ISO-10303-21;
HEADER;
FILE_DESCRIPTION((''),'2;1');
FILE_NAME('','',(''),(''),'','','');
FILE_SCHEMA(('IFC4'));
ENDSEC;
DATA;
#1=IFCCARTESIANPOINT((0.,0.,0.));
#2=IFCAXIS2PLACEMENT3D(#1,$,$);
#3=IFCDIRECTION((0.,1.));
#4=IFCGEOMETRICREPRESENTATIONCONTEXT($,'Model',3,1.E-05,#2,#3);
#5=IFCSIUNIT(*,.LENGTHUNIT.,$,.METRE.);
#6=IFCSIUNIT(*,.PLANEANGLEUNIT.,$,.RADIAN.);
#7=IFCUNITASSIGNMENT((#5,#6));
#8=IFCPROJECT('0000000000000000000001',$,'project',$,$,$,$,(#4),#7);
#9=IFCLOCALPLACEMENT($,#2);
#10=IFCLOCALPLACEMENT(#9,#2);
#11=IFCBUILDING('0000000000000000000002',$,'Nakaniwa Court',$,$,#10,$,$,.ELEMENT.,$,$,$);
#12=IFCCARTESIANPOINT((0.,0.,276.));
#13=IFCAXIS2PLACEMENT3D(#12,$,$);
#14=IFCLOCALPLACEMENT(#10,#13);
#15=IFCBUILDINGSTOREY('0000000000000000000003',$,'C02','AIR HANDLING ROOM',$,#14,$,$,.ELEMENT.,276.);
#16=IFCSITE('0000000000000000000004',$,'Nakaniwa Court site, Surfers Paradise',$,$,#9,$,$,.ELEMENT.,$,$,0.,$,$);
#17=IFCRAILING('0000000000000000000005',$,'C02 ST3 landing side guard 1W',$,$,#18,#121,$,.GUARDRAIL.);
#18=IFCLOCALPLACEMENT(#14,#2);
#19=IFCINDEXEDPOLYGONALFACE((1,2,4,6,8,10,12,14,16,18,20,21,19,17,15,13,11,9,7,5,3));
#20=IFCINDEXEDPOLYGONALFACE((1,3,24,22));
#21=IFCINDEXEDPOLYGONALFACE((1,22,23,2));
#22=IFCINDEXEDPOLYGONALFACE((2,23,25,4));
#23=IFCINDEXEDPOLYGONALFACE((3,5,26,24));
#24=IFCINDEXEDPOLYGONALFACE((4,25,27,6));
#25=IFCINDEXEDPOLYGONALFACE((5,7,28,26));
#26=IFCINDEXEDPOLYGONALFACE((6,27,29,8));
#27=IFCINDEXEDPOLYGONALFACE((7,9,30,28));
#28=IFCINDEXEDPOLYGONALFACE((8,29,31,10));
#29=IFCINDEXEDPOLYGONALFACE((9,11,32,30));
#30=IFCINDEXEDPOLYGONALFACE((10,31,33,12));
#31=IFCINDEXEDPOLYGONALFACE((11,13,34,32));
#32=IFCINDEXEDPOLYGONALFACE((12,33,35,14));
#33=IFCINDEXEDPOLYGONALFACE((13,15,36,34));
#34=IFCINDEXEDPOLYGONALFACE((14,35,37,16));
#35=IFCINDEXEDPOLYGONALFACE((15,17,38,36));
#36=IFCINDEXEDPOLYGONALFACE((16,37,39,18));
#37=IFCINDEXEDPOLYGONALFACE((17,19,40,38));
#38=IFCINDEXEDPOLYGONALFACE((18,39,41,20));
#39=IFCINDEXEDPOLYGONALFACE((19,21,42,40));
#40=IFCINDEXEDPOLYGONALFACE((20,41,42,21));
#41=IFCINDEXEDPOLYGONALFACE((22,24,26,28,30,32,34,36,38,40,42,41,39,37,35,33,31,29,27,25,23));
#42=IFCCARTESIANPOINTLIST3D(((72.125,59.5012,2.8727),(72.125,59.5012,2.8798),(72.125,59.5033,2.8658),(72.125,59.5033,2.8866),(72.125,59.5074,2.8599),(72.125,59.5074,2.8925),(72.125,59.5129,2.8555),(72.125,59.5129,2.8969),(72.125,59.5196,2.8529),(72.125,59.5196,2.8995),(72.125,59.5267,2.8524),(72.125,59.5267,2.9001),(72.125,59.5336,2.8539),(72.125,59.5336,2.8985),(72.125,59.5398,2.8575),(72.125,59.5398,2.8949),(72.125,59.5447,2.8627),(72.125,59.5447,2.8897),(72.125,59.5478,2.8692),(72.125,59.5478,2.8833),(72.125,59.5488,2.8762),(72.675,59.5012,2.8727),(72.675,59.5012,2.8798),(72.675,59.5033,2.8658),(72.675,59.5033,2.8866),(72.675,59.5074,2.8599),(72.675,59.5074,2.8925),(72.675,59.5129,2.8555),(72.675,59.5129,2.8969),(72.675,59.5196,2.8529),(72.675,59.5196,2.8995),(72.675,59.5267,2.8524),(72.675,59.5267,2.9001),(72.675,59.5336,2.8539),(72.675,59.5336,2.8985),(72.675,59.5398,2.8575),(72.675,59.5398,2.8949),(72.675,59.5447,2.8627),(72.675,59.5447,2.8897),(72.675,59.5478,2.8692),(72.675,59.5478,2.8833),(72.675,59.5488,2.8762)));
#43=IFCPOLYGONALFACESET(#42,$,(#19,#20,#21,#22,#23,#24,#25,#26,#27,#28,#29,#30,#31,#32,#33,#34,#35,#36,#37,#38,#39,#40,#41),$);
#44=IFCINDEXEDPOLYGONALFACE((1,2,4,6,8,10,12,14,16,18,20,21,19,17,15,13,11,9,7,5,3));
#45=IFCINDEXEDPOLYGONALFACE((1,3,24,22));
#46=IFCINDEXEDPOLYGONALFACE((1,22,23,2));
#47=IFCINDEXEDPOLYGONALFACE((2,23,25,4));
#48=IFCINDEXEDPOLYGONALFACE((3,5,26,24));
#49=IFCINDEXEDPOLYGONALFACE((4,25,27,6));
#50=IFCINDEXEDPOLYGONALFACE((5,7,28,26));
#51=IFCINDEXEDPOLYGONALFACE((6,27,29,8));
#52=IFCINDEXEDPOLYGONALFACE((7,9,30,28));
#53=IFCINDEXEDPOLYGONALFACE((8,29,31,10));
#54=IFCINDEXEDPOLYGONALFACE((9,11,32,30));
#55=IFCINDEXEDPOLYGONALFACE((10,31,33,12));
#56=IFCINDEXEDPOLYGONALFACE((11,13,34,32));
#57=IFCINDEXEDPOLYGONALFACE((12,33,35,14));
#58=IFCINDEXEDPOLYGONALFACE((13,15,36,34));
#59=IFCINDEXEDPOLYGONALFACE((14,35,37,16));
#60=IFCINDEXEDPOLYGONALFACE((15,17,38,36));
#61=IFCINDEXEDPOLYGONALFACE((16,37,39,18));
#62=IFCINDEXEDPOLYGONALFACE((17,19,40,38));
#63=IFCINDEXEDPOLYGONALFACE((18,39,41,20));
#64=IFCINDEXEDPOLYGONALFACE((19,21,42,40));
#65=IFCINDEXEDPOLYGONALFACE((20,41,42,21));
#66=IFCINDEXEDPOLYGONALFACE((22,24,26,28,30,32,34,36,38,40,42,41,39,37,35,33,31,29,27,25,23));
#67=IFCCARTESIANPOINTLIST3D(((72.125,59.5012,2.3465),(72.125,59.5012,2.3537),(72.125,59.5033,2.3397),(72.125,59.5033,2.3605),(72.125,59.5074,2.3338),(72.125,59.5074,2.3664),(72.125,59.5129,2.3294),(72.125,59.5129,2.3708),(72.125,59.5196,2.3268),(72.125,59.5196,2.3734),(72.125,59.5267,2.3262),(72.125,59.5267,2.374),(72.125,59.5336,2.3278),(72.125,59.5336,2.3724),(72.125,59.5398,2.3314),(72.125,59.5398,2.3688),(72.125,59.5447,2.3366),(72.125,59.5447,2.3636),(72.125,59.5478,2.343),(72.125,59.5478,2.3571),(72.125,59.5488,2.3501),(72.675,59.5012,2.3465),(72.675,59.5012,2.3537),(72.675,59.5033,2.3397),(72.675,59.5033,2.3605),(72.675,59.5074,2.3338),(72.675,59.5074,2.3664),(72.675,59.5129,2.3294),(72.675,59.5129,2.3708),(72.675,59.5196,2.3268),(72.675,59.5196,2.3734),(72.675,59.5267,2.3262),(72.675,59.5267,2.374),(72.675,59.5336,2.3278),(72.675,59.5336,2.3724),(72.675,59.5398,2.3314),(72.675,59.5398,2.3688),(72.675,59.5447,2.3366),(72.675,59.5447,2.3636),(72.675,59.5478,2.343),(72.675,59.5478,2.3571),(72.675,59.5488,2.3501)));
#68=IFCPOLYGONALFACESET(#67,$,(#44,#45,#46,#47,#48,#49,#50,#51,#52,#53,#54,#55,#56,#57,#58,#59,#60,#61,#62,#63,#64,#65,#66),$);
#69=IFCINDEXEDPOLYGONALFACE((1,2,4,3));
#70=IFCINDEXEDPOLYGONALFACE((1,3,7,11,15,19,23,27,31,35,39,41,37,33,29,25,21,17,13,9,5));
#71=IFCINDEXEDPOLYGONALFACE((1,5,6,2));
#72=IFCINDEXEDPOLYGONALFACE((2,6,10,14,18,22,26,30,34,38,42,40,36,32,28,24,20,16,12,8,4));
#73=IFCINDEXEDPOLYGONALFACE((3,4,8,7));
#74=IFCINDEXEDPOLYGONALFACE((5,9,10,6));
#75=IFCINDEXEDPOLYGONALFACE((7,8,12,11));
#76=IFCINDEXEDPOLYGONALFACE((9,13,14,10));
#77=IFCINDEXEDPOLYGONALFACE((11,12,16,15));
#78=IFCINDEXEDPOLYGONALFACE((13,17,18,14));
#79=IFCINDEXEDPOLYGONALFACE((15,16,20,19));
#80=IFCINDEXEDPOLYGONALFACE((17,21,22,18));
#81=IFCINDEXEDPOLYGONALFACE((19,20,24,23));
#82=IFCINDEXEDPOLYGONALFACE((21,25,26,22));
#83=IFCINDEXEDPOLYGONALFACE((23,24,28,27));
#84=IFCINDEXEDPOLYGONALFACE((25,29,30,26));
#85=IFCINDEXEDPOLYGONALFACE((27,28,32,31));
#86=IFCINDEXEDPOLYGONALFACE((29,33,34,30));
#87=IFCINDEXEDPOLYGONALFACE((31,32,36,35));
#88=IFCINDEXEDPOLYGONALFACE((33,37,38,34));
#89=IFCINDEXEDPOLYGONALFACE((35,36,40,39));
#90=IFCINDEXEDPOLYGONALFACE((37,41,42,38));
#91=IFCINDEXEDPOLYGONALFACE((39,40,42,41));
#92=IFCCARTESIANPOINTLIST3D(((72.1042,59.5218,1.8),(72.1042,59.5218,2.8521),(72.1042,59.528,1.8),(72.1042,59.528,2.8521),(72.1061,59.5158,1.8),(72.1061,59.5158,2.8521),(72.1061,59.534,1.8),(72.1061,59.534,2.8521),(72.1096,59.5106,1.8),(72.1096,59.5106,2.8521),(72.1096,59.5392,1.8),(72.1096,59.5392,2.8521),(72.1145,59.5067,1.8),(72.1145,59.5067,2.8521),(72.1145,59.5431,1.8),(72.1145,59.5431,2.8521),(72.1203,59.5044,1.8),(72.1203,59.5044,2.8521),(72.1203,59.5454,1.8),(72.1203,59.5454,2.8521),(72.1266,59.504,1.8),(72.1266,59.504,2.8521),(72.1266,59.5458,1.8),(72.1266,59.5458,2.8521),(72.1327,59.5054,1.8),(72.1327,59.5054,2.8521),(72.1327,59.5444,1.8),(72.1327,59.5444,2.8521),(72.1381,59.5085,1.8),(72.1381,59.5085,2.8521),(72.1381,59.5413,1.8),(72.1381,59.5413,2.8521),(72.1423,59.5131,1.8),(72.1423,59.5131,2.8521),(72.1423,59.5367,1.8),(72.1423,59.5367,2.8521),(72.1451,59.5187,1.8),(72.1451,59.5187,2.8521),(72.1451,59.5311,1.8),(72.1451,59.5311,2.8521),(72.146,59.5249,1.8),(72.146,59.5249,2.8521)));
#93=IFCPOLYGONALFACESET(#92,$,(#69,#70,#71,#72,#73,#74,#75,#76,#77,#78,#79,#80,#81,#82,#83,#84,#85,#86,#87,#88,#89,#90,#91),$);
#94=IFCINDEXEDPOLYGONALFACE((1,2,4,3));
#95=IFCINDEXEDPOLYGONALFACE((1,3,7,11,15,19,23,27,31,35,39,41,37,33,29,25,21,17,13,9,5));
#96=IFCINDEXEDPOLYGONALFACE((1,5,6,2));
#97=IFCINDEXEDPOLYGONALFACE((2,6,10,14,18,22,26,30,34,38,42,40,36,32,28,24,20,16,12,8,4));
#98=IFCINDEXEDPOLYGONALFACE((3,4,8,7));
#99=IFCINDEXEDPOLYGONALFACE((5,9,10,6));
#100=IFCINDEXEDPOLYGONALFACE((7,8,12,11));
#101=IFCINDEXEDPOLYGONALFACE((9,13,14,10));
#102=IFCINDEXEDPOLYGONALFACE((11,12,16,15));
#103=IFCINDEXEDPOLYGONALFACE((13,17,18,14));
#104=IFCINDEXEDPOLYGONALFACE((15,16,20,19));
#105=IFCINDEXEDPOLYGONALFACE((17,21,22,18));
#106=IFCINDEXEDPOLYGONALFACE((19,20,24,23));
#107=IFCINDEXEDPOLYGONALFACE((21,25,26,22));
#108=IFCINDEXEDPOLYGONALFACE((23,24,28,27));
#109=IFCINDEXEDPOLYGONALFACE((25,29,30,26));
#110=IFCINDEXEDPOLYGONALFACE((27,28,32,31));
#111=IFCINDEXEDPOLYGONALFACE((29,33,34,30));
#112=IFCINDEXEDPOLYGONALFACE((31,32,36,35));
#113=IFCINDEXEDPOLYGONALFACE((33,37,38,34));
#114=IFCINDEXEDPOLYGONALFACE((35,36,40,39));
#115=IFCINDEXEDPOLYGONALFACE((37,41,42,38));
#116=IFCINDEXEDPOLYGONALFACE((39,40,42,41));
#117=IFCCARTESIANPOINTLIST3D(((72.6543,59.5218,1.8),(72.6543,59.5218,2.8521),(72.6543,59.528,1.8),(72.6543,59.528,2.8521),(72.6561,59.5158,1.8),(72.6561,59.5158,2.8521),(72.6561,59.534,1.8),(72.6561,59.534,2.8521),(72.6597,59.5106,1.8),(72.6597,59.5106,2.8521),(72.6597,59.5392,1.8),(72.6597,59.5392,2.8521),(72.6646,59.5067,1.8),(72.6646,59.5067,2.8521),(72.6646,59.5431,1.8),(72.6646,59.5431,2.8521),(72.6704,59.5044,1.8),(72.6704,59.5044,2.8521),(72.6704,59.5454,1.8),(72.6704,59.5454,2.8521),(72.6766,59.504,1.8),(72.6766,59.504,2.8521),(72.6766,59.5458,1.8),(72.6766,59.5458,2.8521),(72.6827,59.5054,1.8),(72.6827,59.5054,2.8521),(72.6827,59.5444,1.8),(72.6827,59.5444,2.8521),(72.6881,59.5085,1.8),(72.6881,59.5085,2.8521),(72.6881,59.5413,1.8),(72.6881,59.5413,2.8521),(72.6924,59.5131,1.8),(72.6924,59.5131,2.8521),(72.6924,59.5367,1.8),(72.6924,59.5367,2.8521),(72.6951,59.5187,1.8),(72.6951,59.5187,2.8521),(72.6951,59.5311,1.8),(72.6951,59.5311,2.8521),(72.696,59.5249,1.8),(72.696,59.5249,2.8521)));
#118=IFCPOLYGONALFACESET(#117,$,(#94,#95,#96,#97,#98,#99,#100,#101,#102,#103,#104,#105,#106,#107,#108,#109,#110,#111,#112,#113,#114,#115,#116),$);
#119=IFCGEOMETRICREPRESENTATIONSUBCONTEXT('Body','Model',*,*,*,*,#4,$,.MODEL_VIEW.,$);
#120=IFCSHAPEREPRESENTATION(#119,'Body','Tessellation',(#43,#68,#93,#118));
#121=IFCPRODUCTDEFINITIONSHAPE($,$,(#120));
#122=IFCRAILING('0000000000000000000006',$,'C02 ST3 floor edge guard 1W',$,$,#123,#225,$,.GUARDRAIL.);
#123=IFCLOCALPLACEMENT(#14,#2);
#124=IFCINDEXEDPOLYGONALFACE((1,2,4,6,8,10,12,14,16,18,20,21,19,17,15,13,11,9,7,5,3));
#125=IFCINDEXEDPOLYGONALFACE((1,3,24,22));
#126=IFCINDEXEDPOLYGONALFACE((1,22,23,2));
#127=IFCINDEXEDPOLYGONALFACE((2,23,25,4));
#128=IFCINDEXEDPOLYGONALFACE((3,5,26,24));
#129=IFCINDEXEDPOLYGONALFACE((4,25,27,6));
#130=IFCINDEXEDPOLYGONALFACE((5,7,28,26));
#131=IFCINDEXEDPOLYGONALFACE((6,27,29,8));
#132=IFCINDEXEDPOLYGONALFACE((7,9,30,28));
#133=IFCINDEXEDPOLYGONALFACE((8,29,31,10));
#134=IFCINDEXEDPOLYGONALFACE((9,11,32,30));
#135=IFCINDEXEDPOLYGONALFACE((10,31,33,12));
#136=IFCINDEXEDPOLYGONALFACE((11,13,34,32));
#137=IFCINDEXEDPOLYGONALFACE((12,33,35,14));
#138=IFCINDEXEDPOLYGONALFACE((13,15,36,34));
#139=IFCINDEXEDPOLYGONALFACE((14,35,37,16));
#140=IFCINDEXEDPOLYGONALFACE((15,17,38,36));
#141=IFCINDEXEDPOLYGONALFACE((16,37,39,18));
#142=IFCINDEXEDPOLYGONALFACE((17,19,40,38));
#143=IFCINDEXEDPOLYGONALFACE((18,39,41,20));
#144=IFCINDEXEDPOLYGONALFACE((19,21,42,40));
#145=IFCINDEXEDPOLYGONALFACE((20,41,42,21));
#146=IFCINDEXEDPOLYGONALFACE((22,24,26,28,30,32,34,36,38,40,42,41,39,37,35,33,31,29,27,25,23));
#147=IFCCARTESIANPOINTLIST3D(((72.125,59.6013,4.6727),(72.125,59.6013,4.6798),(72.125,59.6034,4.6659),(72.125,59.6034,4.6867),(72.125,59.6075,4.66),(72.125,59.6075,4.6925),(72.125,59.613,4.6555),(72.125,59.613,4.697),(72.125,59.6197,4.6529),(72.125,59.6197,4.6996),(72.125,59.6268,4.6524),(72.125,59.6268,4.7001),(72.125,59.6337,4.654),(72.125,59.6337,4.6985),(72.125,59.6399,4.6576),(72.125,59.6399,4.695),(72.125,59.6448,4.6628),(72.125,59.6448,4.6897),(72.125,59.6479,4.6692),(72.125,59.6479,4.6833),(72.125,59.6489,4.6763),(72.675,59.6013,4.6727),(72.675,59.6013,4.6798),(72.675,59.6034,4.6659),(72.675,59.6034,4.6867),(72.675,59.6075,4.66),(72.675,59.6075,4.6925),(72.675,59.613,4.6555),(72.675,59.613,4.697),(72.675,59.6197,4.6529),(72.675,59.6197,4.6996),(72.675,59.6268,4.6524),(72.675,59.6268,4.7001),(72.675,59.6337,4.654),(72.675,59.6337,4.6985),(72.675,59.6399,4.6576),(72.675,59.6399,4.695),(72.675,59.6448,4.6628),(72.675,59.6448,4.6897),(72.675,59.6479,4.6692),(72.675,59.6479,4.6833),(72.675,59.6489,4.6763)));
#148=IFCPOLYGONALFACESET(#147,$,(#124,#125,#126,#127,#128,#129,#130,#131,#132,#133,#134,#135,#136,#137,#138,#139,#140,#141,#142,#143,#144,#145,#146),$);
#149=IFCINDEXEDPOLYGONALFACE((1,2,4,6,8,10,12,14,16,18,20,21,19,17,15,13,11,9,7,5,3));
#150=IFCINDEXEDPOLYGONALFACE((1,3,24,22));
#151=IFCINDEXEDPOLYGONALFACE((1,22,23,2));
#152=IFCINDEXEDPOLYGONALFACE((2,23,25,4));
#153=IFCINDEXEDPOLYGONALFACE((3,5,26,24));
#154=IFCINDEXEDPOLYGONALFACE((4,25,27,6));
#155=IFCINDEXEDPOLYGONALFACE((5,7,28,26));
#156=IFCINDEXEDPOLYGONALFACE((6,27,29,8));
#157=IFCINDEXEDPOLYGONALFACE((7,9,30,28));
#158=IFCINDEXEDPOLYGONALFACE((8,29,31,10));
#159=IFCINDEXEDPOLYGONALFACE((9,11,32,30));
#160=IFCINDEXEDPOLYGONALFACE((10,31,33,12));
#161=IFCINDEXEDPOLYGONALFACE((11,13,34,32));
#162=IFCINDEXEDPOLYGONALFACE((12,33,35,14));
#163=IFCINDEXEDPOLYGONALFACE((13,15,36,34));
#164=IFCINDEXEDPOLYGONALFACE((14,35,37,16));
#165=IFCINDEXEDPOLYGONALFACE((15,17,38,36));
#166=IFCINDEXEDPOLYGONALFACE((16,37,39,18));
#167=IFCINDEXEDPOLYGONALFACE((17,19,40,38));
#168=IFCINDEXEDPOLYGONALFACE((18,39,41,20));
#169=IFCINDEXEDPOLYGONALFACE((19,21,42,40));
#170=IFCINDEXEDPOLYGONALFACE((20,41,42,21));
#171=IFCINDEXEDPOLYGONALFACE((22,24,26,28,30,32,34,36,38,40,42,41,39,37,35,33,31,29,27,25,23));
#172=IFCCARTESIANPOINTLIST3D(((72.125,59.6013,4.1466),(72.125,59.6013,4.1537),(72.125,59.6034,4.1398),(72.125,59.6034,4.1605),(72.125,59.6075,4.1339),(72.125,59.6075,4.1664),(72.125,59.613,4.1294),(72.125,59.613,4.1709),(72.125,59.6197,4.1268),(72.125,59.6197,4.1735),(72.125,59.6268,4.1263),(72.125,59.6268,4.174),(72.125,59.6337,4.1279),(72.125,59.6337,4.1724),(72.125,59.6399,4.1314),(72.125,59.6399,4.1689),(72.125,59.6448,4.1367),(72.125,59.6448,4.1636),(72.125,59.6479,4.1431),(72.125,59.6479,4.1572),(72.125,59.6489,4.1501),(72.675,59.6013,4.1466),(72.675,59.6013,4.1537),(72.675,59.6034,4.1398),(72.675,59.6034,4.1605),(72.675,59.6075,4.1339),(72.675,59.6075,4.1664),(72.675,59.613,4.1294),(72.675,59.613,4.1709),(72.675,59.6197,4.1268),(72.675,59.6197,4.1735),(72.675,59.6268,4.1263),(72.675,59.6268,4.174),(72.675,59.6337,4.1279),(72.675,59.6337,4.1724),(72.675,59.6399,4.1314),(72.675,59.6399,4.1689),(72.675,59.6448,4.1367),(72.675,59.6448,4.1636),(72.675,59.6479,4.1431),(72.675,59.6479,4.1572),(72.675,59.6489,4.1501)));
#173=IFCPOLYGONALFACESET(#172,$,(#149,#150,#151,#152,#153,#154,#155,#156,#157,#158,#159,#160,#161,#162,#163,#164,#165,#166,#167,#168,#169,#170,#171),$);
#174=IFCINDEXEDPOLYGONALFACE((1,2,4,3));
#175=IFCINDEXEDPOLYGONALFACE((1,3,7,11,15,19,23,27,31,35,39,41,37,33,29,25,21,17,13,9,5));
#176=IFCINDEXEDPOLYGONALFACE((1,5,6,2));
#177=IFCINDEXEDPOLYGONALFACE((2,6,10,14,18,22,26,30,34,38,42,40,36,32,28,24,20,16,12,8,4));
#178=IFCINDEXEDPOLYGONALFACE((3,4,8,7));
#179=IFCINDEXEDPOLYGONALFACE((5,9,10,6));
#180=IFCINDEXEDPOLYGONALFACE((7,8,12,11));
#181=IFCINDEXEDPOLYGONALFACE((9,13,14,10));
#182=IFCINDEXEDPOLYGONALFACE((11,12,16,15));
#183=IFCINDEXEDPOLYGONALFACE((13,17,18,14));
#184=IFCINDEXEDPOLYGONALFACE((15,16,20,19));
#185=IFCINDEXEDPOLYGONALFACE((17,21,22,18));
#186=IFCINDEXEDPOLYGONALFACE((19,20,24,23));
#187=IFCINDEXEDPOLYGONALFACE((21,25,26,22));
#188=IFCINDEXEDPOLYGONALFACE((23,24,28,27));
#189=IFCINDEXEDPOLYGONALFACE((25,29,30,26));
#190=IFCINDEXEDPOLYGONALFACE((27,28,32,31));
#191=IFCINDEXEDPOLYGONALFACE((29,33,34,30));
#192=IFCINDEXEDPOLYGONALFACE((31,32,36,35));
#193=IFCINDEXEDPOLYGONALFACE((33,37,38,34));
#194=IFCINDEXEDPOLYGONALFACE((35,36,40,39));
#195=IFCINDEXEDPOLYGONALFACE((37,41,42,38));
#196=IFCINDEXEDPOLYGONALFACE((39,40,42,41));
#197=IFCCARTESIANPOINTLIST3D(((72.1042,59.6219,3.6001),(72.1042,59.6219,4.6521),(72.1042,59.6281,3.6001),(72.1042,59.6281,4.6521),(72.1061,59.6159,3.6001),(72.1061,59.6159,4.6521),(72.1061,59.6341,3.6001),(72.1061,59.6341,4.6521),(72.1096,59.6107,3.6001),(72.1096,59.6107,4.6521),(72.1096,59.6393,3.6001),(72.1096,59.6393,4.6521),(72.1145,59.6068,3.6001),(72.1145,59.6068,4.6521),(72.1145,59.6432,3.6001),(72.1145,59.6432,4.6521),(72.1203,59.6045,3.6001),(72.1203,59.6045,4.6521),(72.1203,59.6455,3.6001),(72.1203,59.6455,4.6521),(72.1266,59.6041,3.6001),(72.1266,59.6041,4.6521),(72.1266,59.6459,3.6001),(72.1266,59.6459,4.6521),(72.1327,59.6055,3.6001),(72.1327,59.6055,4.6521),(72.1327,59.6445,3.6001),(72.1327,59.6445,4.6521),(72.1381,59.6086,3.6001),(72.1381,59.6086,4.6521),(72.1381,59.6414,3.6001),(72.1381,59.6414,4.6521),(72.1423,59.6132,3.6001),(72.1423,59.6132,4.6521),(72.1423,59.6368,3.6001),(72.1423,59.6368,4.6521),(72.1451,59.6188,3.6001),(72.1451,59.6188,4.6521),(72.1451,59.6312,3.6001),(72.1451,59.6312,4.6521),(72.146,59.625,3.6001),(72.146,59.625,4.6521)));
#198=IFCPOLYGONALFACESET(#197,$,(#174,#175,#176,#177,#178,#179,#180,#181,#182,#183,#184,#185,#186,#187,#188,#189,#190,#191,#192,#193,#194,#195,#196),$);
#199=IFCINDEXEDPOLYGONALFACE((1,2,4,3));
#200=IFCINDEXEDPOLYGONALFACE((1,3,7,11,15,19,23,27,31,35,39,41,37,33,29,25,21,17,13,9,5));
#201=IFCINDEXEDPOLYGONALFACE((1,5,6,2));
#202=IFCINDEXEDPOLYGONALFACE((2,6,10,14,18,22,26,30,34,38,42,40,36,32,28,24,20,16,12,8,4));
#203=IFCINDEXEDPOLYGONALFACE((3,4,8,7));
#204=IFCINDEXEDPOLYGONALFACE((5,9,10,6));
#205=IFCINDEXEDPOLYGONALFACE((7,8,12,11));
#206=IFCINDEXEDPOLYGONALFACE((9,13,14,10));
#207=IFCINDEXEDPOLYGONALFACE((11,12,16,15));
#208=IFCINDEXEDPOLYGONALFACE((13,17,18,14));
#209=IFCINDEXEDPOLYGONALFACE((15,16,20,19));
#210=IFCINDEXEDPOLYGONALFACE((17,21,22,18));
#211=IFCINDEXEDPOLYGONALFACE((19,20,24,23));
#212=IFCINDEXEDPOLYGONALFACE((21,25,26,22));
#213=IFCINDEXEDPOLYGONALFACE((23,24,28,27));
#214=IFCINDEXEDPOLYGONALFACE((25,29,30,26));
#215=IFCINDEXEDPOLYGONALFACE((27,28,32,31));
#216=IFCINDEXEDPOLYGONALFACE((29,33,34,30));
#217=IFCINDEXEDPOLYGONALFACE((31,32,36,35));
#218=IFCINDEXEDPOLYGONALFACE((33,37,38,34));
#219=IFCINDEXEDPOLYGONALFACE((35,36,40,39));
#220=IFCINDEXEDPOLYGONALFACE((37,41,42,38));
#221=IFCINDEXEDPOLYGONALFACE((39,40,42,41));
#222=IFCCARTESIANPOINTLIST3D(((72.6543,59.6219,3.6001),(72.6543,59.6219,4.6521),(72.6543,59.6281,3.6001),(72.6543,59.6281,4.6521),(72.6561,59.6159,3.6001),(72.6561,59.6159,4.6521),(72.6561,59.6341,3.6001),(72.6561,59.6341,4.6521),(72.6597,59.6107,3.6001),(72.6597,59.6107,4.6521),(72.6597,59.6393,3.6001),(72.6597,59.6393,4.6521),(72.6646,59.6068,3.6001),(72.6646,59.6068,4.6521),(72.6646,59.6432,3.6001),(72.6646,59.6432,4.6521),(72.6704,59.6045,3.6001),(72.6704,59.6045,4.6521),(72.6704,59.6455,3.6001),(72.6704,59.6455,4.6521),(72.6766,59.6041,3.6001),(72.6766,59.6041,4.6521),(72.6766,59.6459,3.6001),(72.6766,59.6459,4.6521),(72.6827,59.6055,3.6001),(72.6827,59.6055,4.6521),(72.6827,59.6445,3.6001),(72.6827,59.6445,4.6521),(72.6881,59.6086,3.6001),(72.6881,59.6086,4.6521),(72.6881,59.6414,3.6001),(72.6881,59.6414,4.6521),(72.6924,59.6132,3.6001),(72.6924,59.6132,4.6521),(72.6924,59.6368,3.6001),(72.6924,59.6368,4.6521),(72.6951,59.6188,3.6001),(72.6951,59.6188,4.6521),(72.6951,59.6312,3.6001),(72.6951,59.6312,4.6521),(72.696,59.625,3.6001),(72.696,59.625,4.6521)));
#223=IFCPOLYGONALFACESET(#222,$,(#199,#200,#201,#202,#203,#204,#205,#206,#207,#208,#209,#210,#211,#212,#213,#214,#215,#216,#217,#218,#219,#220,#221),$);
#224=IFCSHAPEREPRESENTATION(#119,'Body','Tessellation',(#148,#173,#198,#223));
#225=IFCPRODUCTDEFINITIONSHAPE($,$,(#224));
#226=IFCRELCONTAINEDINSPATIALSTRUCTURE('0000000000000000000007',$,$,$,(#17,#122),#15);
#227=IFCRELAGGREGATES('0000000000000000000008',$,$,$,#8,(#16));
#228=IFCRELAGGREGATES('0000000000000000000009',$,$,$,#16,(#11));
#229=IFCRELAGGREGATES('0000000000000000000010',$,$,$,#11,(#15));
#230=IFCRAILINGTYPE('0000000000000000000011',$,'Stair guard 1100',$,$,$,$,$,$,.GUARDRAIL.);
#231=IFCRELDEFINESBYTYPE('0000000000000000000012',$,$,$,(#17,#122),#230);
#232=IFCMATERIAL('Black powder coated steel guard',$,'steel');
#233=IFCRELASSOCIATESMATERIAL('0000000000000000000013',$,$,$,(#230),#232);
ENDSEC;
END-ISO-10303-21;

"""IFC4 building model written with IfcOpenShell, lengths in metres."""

from ifc_helpers import new_model, si_unit, direction, frame, origin, origin_2d, place, context, subcontext, project, spatial, circle, extrude, material, type_object, element, save


model = new_model("IFC4")

# Units and contexts
model_context = context("Model", 3, precision=1e-05, world=origin(), true_north=direction((0.0, 1.0)))
body_context = subcontext(model_context, "Body", "Model", "MODEL_VIEW")
ifc_project = project(units=[si_unit("LENGTHUNIT", "METRE"), si_unit("PLANEANGLEUNIT", "RADIAN")], contexts=[model_context])

# Site, building, storey
site_placement = place(None, origin())
site = spatial("IfcSite", under=ifc_project, at=site_placement, Name="Nakaniwa Court site, Surfers Paradise", CompositionType="ELEMENT", RefElevation=0.0)
building_placement = place(site_placement, origin())
building = spatial("IfcBuilding", under=site, at=building_placement, Name="Nakaniwa Court", CompositionType="ELEMENT")
storey_placement = place(building_placement, frame((0.0, 0.0, 276.0)))
storey = spatial("IfcBuildingStorey", under=building, at=storey_placement, Name="C02", Description="AIR HANDLING ROOM", CompositionType="ELEMENT", Elevation=276.0)

# Railings
ifc_material_1 = material(Name="Black powder coated steel guard", Category="steel")
railing_type_1 = type_object("IfcRailingType", Name="Stair guard 1100", PredefinedType="GUARDRAIL", material=ifc_material_1)
for number, where, name in (
    (1, (72.125, 59.5249, 1.8), "C02 ST3 landing side guard 1W"),
    (2, (72.125, 59.625, 3.6001), "C02 ST3 floor edge guard 1W"),
):
    element("IfcRailing", number, at=place(storey_placement, frame(where)), inside=storey, type_object=railing_type_1, Name=name, PredefinedType="GUARDRAIL", context=body_context, shape_type="SweptSolid", body=[
        extrude(circle(Radius=0.0239, at=origin_2d()), frame((0.0, 0.0, 1.0762), z_axis=(1.0, 0.0, 0.0), x_axis=(0.0, 1.0, 0.0)), (0.0, 0.0, 1.0), 0.55),
        extrude(circle(Radius=0.0239, at=origin_2d()), frame((0.0, 0.0, 0.55), z_axis=(1.0, 0.0, 0.0), x_axis=(0.0, 1.0, 0.0)), (0.0, 0.0, 1.0), 0.55),
        extrude(circle(Radius=0.021, at=origin_2d()), origin(), (0.0, 0.0, 1.0), 1.052),
        extrude(circle(Radius=0.021, at=origin_2d()), frame((0.55, 0.0, 0.0)), (0.0, 0.0, 1.0), 1.052),
    ])

save(model, "model.ifc")
